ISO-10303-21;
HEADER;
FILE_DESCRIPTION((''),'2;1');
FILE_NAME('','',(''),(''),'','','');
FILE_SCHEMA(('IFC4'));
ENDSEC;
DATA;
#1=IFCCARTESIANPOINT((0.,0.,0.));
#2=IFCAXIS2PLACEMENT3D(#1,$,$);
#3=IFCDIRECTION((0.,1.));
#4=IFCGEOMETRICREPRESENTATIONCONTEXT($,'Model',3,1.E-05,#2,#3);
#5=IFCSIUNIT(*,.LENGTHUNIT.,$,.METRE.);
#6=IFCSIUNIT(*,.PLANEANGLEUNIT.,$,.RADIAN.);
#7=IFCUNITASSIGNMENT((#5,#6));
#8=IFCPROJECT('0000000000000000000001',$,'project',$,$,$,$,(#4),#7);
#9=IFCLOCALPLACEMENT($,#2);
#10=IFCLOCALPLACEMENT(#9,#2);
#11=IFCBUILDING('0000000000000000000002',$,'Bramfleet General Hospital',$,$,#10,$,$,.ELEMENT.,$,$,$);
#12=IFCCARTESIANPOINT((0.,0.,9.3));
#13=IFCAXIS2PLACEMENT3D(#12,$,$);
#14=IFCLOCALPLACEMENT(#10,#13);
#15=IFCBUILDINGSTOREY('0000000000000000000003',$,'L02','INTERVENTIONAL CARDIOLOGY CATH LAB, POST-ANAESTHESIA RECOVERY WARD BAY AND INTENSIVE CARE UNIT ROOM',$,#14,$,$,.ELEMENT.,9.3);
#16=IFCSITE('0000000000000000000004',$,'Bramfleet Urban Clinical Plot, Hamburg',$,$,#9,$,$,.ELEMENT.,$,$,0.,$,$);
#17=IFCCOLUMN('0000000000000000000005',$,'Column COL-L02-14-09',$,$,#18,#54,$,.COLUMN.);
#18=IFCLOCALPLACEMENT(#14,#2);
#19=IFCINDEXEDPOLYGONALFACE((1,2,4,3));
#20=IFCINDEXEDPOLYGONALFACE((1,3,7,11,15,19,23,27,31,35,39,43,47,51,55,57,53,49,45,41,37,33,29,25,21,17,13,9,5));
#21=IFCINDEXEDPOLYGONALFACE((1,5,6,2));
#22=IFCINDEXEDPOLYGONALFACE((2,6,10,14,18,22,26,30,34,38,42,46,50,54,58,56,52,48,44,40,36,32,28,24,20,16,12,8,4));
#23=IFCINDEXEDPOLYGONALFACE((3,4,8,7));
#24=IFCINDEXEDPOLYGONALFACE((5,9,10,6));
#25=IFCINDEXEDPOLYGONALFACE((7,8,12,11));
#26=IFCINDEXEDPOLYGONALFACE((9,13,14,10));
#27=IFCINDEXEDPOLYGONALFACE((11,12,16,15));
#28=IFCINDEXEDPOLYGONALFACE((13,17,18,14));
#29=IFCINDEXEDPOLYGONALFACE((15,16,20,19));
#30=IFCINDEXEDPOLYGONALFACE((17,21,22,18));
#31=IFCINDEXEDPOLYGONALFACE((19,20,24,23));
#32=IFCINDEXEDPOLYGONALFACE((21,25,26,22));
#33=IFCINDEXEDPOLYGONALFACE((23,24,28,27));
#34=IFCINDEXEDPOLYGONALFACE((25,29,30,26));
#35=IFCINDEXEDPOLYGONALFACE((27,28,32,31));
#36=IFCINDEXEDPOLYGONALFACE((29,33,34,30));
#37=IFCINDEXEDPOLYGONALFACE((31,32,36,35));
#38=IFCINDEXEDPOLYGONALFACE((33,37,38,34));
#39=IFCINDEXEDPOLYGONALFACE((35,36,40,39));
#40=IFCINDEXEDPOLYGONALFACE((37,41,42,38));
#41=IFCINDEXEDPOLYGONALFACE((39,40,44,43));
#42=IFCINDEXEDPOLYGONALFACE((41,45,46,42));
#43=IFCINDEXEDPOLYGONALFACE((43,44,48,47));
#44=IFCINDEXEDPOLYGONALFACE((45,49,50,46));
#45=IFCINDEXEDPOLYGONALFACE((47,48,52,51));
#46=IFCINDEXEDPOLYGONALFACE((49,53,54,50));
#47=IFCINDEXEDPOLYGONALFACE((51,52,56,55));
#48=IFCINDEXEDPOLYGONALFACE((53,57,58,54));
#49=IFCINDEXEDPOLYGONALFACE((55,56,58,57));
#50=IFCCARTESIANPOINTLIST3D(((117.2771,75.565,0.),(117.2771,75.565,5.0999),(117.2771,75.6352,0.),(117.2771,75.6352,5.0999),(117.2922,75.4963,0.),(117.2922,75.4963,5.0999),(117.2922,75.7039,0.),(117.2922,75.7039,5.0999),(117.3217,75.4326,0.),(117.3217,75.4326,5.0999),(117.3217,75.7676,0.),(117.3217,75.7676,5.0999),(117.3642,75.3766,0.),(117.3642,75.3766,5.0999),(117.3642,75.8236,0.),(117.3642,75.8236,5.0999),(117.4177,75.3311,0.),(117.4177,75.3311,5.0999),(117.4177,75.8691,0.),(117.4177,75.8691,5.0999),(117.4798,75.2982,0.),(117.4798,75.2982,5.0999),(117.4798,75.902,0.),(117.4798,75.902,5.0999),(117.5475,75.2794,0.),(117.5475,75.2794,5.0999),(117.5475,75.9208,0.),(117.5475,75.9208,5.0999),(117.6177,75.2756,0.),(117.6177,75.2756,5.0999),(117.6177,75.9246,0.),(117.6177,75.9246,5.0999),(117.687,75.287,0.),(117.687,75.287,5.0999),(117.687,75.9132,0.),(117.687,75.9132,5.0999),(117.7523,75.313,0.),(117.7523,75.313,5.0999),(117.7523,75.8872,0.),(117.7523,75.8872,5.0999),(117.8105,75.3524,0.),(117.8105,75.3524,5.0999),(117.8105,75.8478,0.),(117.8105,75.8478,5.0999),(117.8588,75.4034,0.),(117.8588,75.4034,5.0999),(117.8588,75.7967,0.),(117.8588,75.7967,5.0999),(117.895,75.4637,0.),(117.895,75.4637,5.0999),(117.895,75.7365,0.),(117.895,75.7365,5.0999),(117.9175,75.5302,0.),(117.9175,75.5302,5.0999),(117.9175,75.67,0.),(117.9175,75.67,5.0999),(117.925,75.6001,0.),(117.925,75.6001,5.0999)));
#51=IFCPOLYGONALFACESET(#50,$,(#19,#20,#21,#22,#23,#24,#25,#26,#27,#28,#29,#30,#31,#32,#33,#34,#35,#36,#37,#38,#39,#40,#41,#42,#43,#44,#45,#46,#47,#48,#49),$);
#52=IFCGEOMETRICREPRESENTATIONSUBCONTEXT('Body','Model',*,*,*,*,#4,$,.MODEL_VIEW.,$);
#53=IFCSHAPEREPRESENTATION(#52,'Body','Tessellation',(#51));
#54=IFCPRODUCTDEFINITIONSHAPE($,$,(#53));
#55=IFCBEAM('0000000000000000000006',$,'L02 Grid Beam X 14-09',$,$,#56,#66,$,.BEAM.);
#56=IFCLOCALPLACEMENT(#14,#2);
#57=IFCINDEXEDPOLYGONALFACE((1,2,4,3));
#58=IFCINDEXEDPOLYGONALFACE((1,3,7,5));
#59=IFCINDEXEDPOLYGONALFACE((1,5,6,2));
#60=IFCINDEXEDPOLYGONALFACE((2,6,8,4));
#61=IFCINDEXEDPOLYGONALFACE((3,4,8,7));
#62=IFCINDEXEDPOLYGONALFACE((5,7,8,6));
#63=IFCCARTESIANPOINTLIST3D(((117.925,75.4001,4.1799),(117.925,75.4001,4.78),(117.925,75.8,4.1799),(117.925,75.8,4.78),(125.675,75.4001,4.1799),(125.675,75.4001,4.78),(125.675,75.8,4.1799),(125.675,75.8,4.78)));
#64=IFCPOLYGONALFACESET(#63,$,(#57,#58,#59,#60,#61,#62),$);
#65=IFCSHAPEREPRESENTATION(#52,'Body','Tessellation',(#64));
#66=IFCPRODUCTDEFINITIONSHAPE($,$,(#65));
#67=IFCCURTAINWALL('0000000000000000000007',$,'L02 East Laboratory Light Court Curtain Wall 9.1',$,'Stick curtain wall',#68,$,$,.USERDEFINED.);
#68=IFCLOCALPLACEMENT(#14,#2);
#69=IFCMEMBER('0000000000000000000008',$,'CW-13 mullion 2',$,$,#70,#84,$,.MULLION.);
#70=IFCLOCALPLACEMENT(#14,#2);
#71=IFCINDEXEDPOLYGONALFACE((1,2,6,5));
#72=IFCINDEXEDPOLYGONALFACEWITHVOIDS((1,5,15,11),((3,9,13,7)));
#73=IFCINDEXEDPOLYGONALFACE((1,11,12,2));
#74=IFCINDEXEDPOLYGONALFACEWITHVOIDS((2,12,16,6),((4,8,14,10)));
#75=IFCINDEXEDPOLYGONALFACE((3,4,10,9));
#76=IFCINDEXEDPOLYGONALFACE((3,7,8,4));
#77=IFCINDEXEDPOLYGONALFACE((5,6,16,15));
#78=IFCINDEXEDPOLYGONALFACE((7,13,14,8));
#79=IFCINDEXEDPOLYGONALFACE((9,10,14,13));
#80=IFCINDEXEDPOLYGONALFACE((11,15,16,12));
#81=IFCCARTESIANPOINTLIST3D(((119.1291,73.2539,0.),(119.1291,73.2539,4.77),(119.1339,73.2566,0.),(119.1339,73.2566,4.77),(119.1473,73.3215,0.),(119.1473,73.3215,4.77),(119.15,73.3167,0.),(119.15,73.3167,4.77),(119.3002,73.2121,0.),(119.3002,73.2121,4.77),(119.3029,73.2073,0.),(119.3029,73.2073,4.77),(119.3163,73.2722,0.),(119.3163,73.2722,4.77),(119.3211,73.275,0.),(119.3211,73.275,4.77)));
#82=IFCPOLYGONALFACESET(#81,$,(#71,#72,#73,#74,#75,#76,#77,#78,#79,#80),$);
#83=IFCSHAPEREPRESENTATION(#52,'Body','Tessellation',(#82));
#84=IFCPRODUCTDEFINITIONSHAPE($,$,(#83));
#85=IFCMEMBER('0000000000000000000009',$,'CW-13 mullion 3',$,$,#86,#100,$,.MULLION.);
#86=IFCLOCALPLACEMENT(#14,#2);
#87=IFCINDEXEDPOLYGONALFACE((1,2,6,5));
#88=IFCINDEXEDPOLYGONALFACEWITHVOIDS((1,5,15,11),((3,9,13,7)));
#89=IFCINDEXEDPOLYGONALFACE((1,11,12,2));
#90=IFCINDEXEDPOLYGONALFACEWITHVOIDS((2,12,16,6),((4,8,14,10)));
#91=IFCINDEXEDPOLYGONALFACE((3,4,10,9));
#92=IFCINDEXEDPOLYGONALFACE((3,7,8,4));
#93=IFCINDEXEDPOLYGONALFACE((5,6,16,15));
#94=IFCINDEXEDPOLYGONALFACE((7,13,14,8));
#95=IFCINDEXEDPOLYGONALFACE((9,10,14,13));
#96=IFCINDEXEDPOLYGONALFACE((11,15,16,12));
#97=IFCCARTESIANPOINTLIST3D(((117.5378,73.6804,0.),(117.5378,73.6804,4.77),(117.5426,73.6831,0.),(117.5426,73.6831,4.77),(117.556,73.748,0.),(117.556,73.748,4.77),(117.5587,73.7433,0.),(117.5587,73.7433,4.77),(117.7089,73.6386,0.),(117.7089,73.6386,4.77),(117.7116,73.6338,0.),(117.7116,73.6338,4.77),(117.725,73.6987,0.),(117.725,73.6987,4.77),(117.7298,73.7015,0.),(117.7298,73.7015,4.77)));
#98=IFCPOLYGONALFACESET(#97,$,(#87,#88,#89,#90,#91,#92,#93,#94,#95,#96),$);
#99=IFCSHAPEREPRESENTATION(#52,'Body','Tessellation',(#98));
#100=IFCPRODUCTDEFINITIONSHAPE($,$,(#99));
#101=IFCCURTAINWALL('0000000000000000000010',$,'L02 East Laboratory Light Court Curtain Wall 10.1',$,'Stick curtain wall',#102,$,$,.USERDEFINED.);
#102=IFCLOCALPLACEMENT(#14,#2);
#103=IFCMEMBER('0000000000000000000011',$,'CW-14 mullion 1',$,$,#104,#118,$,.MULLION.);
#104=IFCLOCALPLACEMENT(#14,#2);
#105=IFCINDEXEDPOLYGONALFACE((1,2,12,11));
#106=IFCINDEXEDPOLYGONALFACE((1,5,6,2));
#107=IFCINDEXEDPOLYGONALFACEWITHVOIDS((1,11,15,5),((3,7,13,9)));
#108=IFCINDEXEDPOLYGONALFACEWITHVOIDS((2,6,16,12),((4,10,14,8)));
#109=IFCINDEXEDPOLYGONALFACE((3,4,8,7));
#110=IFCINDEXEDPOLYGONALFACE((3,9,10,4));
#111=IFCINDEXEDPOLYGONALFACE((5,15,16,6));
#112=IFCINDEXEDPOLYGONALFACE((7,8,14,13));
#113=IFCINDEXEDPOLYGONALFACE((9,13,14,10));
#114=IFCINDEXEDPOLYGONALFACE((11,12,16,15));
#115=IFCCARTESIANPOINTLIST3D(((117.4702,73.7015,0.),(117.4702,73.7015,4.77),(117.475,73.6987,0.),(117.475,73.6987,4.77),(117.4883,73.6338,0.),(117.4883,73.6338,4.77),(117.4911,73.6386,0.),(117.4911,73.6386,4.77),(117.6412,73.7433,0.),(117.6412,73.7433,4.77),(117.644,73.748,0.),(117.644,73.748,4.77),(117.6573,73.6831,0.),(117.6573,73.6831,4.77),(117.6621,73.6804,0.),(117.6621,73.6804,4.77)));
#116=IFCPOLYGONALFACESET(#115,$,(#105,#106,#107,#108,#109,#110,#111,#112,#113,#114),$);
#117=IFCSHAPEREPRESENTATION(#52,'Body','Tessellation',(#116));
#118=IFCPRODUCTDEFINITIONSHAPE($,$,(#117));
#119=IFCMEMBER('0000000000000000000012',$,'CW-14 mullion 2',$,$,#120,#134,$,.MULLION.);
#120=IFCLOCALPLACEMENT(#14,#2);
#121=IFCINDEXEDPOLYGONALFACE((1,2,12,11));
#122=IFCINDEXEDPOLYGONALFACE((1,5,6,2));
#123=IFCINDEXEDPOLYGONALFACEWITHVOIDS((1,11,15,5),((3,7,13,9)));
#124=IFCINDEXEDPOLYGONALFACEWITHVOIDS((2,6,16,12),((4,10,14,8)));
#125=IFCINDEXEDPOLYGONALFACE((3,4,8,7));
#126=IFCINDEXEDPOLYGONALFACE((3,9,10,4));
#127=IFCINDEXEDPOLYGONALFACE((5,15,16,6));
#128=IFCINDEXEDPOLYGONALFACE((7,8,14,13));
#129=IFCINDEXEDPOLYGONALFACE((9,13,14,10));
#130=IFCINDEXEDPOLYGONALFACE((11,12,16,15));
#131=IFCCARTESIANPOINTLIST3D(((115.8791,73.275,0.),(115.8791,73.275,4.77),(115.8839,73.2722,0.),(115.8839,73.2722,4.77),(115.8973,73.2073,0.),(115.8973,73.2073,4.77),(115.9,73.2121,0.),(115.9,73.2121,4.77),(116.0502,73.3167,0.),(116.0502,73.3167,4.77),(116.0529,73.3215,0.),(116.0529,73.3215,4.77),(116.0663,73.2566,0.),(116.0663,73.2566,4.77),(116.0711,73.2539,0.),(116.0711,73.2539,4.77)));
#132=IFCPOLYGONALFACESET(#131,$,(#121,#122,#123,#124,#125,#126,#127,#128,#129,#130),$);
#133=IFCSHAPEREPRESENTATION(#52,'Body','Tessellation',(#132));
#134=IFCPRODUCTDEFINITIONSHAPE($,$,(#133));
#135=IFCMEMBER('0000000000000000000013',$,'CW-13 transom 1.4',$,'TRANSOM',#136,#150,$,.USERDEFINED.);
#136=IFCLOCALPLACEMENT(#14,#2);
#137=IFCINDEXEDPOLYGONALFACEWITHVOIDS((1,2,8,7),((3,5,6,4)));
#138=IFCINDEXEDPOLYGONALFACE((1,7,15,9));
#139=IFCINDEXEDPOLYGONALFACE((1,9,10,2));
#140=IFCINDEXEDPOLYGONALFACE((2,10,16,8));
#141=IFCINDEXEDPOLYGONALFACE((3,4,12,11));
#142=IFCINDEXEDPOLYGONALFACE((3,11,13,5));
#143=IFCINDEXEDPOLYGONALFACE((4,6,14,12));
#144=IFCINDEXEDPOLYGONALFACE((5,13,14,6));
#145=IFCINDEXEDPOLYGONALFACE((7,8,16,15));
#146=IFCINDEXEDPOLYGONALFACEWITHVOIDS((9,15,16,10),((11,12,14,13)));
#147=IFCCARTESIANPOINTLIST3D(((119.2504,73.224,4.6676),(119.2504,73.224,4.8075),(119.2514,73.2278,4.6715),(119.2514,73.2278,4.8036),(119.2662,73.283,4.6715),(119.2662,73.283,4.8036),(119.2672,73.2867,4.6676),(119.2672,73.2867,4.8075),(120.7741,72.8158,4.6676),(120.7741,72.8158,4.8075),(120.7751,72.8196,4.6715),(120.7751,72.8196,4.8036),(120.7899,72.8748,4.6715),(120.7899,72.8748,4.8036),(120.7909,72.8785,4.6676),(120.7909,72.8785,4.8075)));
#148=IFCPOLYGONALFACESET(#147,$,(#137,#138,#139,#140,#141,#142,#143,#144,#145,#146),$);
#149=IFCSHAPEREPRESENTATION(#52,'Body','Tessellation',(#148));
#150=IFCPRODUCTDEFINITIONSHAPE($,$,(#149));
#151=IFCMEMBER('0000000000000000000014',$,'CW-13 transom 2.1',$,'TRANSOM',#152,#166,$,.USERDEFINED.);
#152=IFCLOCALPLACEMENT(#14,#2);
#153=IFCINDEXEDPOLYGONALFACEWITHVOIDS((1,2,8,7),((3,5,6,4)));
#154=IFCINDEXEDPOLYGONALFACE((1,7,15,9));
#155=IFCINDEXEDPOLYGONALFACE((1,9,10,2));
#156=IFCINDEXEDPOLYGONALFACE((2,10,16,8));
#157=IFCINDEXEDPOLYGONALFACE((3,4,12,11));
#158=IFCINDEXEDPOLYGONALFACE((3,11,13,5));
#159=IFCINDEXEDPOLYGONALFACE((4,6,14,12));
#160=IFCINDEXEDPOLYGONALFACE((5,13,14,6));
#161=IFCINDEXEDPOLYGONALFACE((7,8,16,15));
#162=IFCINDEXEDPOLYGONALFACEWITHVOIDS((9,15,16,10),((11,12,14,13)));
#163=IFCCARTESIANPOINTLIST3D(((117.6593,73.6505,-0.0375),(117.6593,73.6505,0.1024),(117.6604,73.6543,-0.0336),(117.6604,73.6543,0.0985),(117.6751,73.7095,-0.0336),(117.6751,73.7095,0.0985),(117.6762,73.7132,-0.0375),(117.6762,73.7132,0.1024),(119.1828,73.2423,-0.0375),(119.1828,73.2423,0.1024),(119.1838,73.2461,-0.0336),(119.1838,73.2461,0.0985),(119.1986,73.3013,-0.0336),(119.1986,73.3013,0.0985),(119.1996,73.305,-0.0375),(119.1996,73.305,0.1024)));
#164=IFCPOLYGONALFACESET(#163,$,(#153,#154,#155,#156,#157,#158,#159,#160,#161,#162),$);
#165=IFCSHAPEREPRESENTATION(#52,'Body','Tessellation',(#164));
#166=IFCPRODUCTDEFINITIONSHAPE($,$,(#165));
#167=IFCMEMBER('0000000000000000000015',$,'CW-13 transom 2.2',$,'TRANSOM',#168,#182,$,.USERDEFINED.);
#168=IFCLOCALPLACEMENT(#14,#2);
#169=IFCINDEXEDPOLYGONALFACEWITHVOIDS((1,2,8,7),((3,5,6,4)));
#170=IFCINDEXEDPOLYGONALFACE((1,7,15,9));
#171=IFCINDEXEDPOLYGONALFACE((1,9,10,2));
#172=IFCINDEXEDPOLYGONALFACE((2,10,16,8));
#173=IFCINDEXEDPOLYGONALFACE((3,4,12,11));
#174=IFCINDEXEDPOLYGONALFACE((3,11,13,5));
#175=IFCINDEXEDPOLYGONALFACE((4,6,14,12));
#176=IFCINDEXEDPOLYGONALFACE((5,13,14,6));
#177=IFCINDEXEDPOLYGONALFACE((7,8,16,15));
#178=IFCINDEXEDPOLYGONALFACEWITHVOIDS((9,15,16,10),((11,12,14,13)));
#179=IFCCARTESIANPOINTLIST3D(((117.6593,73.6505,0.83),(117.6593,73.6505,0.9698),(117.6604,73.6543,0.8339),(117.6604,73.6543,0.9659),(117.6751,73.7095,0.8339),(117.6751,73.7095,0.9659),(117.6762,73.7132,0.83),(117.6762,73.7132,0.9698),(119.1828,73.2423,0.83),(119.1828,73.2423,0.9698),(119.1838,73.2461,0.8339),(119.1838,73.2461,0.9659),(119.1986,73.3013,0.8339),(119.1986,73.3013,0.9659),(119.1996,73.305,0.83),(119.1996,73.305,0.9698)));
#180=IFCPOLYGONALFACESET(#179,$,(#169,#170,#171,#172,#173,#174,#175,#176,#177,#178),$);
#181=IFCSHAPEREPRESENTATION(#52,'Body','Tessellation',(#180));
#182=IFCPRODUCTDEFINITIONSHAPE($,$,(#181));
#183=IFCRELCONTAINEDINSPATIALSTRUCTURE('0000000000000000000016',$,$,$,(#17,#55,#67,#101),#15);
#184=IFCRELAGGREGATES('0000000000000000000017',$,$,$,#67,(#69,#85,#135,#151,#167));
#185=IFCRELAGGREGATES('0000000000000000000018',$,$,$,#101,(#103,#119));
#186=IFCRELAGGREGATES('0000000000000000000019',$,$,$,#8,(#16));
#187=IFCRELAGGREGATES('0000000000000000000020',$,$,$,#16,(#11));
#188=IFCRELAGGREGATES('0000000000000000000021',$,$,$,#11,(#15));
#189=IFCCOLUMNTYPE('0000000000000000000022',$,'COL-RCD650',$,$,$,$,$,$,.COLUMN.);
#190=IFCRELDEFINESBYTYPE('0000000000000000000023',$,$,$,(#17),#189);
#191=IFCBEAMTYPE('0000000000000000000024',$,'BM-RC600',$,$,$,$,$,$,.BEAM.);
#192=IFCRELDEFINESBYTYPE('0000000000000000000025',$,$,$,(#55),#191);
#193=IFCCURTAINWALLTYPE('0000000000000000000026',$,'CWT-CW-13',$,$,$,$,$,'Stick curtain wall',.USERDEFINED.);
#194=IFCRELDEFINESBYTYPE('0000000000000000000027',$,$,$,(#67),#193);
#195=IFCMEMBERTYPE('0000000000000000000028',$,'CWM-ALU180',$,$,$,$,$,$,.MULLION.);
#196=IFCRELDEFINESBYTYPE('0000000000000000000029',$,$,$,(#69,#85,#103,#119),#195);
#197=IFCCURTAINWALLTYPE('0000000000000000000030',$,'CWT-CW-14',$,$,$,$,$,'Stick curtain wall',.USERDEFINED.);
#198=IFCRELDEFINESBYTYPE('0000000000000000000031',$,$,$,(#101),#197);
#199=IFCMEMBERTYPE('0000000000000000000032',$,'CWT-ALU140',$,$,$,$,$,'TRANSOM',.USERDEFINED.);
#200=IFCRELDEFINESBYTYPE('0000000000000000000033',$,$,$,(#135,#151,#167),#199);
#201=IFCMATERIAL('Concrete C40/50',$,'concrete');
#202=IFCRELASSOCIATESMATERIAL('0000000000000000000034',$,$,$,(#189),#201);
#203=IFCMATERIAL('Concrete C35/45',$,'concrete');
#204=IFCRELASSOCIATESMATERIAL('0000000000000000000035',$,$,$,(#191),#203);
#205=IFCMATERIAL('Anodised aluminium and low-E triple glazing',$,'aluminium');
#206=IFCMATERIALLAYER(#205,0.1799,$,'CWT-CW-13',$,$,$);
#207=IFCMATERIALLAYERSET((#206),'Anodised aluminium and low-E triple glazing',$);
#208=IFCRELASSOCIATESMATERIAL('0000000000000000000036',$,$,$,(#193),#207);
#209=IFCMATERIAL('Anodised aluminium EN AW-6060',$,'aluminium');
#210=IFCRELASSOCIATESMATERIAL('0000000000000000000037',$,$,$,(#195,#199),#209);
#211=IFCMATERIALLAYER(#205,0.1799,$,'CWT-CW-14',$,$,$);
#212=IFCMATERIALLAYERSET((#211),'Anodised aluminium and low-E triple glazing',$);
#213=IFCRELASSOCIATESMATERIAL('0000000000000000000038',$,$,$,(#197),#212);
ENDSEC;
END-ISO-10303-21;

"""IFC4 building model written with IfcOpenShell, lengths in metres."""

from ifc_helpers import new_model, si_unit, direction, frame, origin, origin_2d, place, context, subcontext, project, spatial, rectangle, hollow_rectangle, circle, extrude, material, layer, layer_set, material_profile, profile_set, type_object, element, aggregate, save


model = new_model("IFC4")

# Units and contexts
model_context = context("Model", 3, precision=1e-05, world=origin(), true_north=direction((0.0, 1.0)))
body_context = subcontext(model_context, "Body", "Model", "MODEL_VIEW")
ifc_project = project(units=[si_unit("LENGTHUNIT", "METRE"), si_unit("PLANEANGLEUNIT", "RADIAN")], contexts=[model_context])

# Site, building, storey
site_placement = place(None, origin())
site = spatial("IfcSite", under=ifc_project, at=site_placement, Name="Bramfleet Urban Clinical Plot, Hamburg", CompositionType="ELEMENT", RefElevation=0.0)
building_placement = place(site_placement, origin())
building = spatial("IfcBuilding", under=site, at=building_placement, Name="Bramfleet General Hospital", CompositionType="ELEMENT")
storey_placement = place(building_placement, frame((0.0, 0.0, 9.3)))
storey = spatial("IfcBuildingStorey", under=building, at=storey_placement, Name="L02", Description="INTERVENTIONAL CARDIOLOGY CATH LAB, POST-ANAESTHESIA RECOVERY WARD BAY AND INTENSIVE CARE UNIT ROOM", CompositionType="ELEMENT", Elevation=9.3)

# Column
ifc_material_1 = material(Name="Concrete C40/50", Category="concrete")
ifc_material_profile_1 = material_profile(ifc_material_1, circle(Radius=0.325, at=origin_2d()), Name="RC ROUND D650")
ifc_profile_set_1 = profile_set([ifc_material_profile_1], Name="Concrete C40/50")
column_type = type_object("IfcColumnType", Name="COL-RCD650", PredefinedType="COLUMN", material=ifc_profile_set_1)
column_placement = place(storey_placement, frame((117.6001, 75.6001, 0.0), z_axis=(0.0, 0.0, 1.0), x_axis=(1.0, 0.0, 0.0)))
element("IfcColumn", 1, at=column_placement, inside=storey, type_object=column_type, Name="Column COL-L02-14-09", PredefinedType="COLUMN", context=body_context, shape_type="SweptSolid", body=[
    extrude(circle(Radius=0.325, at=origin_2d()), origin(), (0.0, 0.0, 1.0), 5.0999),
])

# Beam
ifc_material_2 = material(Name="Concrete C35/45", Category="concrete")
ifc_material_profile_2 = material_profile(ifc_material_2, rectangle(XDim=0.3999, YDim=0.6001, at=origin_2d()), Name="RC BM 600x400")
ifc_profile_set_2 = profile_set([ifc_material_profile_2], Name="Concrete C35/45")
beam_type = type_object("IfcBeamType", Name="BM-RC600", PredefinedType="BEAM", material=ifc_profile_set_2)
beam_placement = place(storey_placement, frame((117.925, 75.6001, 4.48), z_axis=(1.0, 0.0, 0.0), x_axis=(0.0, 1.0, 0.0)))
element("IfcBeam", 2, at=beam_placement, inside=storey, type_object=beam_type, Name="L02 Grid Beam X 14-09", PredefinedType="BEAM", context=body_context, shape_type="SweptSolid", body=[
    extrude(rectangle(XDim=0.3999, YDim=0.6001, at=origin_2d()), origin(), (0.0, 0.0, 1.0), 7.75),
])

# Curtain walls, members
ifc_material_3 = material(Name="Anodised aluminium and low-E triple glazing", Category="aluminium")
ifc_layer_1 = layer(ifc_material_3, 0.1799, Name="CWT-CW-13")
ifc_layer_set_1 = layer_set([ifc_layer_1], Name="Anodised aluminium and low-E triple glazing")
curtain_wall_type_1 = type_object("IfcCurtainWallType", Name="CWT-CW-13", ElementType="Stick curtain wall", PredefinedType="USERDEFINED", material=ifc_layer_set_1)
curtain_wall_1_placement = place(storey_placement, origin())
curtain_wall_1 = element("IfcCurtainWall", 3, at=curtain_wall_1_placement, inside=storey, type_object=curtain_wall_type_1, Name="L02 East Laboratory Light Court Curtain Wall 9.1", ObjectType="Stick curtain wall", PredefinedType="USERDEFINED")
ifc_material_4 = material(Name="Anodised aluminium EN AW-6060", Category="aluminium")
ifc_material_profile_3 = material_profile(ifc_material_4, hollow_rectangle(XDim=0.0701, YDim=0.1799, WallThickness=0.0039, at=origin_2d()), Name="ALU 180x70x4.0")
ifc_profile_set_3 = profile_set([ifc_material_profile_3], Name="Anodised aluminium EN AW-6060")
member_type_1 = type_object("IfcMemberType", Name="CWM-ALU180", PredefinedType="MULLION", material=ifc_profile_set_3)
member_1_placement = place(storey_placement, frame((119.2251, 73.2644, 0.0), z_axis=(0.0, 0.0, 1.0), x_axis=(-0.258865, -0.965914, 0.0)))
member_1 = element("IfcMember", 4, at=member_1_placement, type_object=member_type_1, Name="CW-13 mullion 2", PredefinedType="MULLION", context=body_context, shape_type="SweptSolid", body=[
    extrude(hollow_rectangle(XDim=0.0701, YDim=0.1799, WallThickness=0.0039, at=origin_2d()), origin(), (0.0, 0.0, 1.0), 4.77),
])
member_2_placement = place(storey_placement, frame((117.6338, 73.6909, 0.0), z_axis=(0.0, 0.0, 1.0), x_axis=(-0.258865, -0.965914, 0.0)))
member_2 = element("IfcMember", 5, at=member_2_placement, type_object=member_type_1, Name="CW-13 mullion 3", PredefinedType="MULLION", context=body_context, shape_type="SweptSolid", body=[
    extrude(hollow_rectangle(XDim=0.0701, YDim=0.1799, WallThickness=0.0039, at=origin_2d()), origin(), (0.0, 0.0, 1.0), 4.77),
])
ifc_layer_2 = layer(ifc_material_3, 0.1799, Name="CWT-CW-14")
ifc_layer_set_2 = layer_set([ifc_layer_2], Name="Anodised aluminium and low-E triple glazing")
curtain_wall_type_2 = type_object("IfcCurtainWallType", Name="CWT-CW-14", ElementType="Stick curtain wall", PredefinedType="USERDEFINED", material=ifc_layer_set_2)
curtain_wall_2_placement = place(storey_placement, origin())
curtain_wall_2 = element("IfcCurtainWall", 6, at=curtain_wall_2_placement, inside=storey, type_object=curtain_wall_type_2, Name="L02 East Laboratory Light Court Curtain Wall 10.1", ObjectType="Stick curtain wall", PredefinedType="USERDEFINED")
member_3_placement = place(storey_placement, frame((117.5662, 73.6909, 0.0), z_axis=(0.0, 0.0, 1.0), x_axis=(0.258865, -0.965914, 0.0)))
member_3 = element("IfcMember", 7, at=member_3_placement, type_object=member_type_1, Name="CW-14 mullion 1", PredefinedType="MULLION", context=body_context, shape_type="SweptSolid", body=[
    extrude(hollow_rectangle(XDim=0.0701, YDim=0.1799, WallThickness=0.0039, at=origin_2d()), origin(), (0.0, 0.0, 1.0), 4.77),
])
member_4_placement = place(storey_placement, frame((115.9751, 73.2644, 0.0), z_axis=(0.0, 0.0, 1.0), x_axis=(0.258865, -0.965914, 0.0)))
member_4 = element("IfcMember", 8, at=member_4_placement, type_object=member_type_1, Name="CW-14 mullion 2", PredefinedType="MULLION", context=body_context, shape_type="SweptSolid", body=[
    extrude(hollow_rectangle(XDim=0.0701, YDim=0.1799, WallThickness=0.0039, at=origin_2d()), origin(), (0.0, 0.0, 1.0), 4.77),
])

# Members
ifc_material_profile_4 = material_profile(ifc_material_4, hollow_rectangle(XDim=0.0649, YDim=0.1399, WallThickness=0.0039, at=origin_2d()), Name="ALU 140x65x4.0")
ifc_profile_set_4 = profile_set([ifc_material_profile_4], Name="Anodised aluminium EN AW-6060")
member_type_2 = type_object("IfcMemberType", Name="CWT-ALU140", ElementType="TRANSOM", PredefinedType="USERDEFINED", material=ifc_profile_set_4)
member_5_placement = place(storey_placement, frame((120.7825, 72.8472, 4.7375), z_axis=(-0.965936, 0.25878, 0.0), x_axis=(-0.25878, -0.965936, 0.0)))
member_5 = element("IfcMember", 9, at=member_5_placement, type_object=member_type_2, Name="CW-13 transom 1.4", ObjectType="TRANSOM", PredefinedType="USERDEFINED", context=body_context, shape_type="SweptSolid", body=[
    extrude(hollow_rectangle(XDim=0.0649, YDim=0.1399, WallThickness=0.0039, at=origin_2d()), origin(), (0.0, 0.0, 1.0), 1.5774),
])
member_6_placement = place(storey_placement, frame((119.1912, 73.2737, 0.0325), z_axis=(-0.965926, 0.258819, 0.0), x_axis=(-0.258819, -0.965926, 0.0)))
member_6 = element("IfcMember", 10, at=member_6_placement, type_object=member_type_2, Name="CW-13 transom 2.1", ObjectType="TRANSOM", PredefinedType="USERDEFINED", context=body_context, shape_type="SweptSolid", body=[
    extrude(hollow_rectangle(XDim=0.0649, YDim=0.1399, WallThickness=0.0039, at=origin_2d()), origin(), (0.0, 0.0, 1.0), 1.5771),
])
member_7_placement = place(storey_placement, frame((119.1912, 73.2737, 0.8999), z_axis=(-0.965926, 0.258819, 0.0), x_axis=(-0.258819, -0.965926, 0.0)))
member_7 = element("IfcMember", 11, at=member_7_placement, type_object=member_type_2, Name="CW-13 transom 2.2", ObjectType="TRANSOM", PredefinedType="USERDEFINED", context=body_context, shape_type="SweptSolid", body=[
    extrude(hollow_rectangle(XDim=0.0649, YDim=0.1399, WallThickness=0.0039, at=origin_2d()), origin(), (0.0, 0.0, 1.0), 1.5771),
])

aggregate(curtain_wall_1, [member_1, member_2, member_5, member_6, member_7])
aggregate(curtain_wall_2, [member_3, member_4])

save(model, "model.ifc")
